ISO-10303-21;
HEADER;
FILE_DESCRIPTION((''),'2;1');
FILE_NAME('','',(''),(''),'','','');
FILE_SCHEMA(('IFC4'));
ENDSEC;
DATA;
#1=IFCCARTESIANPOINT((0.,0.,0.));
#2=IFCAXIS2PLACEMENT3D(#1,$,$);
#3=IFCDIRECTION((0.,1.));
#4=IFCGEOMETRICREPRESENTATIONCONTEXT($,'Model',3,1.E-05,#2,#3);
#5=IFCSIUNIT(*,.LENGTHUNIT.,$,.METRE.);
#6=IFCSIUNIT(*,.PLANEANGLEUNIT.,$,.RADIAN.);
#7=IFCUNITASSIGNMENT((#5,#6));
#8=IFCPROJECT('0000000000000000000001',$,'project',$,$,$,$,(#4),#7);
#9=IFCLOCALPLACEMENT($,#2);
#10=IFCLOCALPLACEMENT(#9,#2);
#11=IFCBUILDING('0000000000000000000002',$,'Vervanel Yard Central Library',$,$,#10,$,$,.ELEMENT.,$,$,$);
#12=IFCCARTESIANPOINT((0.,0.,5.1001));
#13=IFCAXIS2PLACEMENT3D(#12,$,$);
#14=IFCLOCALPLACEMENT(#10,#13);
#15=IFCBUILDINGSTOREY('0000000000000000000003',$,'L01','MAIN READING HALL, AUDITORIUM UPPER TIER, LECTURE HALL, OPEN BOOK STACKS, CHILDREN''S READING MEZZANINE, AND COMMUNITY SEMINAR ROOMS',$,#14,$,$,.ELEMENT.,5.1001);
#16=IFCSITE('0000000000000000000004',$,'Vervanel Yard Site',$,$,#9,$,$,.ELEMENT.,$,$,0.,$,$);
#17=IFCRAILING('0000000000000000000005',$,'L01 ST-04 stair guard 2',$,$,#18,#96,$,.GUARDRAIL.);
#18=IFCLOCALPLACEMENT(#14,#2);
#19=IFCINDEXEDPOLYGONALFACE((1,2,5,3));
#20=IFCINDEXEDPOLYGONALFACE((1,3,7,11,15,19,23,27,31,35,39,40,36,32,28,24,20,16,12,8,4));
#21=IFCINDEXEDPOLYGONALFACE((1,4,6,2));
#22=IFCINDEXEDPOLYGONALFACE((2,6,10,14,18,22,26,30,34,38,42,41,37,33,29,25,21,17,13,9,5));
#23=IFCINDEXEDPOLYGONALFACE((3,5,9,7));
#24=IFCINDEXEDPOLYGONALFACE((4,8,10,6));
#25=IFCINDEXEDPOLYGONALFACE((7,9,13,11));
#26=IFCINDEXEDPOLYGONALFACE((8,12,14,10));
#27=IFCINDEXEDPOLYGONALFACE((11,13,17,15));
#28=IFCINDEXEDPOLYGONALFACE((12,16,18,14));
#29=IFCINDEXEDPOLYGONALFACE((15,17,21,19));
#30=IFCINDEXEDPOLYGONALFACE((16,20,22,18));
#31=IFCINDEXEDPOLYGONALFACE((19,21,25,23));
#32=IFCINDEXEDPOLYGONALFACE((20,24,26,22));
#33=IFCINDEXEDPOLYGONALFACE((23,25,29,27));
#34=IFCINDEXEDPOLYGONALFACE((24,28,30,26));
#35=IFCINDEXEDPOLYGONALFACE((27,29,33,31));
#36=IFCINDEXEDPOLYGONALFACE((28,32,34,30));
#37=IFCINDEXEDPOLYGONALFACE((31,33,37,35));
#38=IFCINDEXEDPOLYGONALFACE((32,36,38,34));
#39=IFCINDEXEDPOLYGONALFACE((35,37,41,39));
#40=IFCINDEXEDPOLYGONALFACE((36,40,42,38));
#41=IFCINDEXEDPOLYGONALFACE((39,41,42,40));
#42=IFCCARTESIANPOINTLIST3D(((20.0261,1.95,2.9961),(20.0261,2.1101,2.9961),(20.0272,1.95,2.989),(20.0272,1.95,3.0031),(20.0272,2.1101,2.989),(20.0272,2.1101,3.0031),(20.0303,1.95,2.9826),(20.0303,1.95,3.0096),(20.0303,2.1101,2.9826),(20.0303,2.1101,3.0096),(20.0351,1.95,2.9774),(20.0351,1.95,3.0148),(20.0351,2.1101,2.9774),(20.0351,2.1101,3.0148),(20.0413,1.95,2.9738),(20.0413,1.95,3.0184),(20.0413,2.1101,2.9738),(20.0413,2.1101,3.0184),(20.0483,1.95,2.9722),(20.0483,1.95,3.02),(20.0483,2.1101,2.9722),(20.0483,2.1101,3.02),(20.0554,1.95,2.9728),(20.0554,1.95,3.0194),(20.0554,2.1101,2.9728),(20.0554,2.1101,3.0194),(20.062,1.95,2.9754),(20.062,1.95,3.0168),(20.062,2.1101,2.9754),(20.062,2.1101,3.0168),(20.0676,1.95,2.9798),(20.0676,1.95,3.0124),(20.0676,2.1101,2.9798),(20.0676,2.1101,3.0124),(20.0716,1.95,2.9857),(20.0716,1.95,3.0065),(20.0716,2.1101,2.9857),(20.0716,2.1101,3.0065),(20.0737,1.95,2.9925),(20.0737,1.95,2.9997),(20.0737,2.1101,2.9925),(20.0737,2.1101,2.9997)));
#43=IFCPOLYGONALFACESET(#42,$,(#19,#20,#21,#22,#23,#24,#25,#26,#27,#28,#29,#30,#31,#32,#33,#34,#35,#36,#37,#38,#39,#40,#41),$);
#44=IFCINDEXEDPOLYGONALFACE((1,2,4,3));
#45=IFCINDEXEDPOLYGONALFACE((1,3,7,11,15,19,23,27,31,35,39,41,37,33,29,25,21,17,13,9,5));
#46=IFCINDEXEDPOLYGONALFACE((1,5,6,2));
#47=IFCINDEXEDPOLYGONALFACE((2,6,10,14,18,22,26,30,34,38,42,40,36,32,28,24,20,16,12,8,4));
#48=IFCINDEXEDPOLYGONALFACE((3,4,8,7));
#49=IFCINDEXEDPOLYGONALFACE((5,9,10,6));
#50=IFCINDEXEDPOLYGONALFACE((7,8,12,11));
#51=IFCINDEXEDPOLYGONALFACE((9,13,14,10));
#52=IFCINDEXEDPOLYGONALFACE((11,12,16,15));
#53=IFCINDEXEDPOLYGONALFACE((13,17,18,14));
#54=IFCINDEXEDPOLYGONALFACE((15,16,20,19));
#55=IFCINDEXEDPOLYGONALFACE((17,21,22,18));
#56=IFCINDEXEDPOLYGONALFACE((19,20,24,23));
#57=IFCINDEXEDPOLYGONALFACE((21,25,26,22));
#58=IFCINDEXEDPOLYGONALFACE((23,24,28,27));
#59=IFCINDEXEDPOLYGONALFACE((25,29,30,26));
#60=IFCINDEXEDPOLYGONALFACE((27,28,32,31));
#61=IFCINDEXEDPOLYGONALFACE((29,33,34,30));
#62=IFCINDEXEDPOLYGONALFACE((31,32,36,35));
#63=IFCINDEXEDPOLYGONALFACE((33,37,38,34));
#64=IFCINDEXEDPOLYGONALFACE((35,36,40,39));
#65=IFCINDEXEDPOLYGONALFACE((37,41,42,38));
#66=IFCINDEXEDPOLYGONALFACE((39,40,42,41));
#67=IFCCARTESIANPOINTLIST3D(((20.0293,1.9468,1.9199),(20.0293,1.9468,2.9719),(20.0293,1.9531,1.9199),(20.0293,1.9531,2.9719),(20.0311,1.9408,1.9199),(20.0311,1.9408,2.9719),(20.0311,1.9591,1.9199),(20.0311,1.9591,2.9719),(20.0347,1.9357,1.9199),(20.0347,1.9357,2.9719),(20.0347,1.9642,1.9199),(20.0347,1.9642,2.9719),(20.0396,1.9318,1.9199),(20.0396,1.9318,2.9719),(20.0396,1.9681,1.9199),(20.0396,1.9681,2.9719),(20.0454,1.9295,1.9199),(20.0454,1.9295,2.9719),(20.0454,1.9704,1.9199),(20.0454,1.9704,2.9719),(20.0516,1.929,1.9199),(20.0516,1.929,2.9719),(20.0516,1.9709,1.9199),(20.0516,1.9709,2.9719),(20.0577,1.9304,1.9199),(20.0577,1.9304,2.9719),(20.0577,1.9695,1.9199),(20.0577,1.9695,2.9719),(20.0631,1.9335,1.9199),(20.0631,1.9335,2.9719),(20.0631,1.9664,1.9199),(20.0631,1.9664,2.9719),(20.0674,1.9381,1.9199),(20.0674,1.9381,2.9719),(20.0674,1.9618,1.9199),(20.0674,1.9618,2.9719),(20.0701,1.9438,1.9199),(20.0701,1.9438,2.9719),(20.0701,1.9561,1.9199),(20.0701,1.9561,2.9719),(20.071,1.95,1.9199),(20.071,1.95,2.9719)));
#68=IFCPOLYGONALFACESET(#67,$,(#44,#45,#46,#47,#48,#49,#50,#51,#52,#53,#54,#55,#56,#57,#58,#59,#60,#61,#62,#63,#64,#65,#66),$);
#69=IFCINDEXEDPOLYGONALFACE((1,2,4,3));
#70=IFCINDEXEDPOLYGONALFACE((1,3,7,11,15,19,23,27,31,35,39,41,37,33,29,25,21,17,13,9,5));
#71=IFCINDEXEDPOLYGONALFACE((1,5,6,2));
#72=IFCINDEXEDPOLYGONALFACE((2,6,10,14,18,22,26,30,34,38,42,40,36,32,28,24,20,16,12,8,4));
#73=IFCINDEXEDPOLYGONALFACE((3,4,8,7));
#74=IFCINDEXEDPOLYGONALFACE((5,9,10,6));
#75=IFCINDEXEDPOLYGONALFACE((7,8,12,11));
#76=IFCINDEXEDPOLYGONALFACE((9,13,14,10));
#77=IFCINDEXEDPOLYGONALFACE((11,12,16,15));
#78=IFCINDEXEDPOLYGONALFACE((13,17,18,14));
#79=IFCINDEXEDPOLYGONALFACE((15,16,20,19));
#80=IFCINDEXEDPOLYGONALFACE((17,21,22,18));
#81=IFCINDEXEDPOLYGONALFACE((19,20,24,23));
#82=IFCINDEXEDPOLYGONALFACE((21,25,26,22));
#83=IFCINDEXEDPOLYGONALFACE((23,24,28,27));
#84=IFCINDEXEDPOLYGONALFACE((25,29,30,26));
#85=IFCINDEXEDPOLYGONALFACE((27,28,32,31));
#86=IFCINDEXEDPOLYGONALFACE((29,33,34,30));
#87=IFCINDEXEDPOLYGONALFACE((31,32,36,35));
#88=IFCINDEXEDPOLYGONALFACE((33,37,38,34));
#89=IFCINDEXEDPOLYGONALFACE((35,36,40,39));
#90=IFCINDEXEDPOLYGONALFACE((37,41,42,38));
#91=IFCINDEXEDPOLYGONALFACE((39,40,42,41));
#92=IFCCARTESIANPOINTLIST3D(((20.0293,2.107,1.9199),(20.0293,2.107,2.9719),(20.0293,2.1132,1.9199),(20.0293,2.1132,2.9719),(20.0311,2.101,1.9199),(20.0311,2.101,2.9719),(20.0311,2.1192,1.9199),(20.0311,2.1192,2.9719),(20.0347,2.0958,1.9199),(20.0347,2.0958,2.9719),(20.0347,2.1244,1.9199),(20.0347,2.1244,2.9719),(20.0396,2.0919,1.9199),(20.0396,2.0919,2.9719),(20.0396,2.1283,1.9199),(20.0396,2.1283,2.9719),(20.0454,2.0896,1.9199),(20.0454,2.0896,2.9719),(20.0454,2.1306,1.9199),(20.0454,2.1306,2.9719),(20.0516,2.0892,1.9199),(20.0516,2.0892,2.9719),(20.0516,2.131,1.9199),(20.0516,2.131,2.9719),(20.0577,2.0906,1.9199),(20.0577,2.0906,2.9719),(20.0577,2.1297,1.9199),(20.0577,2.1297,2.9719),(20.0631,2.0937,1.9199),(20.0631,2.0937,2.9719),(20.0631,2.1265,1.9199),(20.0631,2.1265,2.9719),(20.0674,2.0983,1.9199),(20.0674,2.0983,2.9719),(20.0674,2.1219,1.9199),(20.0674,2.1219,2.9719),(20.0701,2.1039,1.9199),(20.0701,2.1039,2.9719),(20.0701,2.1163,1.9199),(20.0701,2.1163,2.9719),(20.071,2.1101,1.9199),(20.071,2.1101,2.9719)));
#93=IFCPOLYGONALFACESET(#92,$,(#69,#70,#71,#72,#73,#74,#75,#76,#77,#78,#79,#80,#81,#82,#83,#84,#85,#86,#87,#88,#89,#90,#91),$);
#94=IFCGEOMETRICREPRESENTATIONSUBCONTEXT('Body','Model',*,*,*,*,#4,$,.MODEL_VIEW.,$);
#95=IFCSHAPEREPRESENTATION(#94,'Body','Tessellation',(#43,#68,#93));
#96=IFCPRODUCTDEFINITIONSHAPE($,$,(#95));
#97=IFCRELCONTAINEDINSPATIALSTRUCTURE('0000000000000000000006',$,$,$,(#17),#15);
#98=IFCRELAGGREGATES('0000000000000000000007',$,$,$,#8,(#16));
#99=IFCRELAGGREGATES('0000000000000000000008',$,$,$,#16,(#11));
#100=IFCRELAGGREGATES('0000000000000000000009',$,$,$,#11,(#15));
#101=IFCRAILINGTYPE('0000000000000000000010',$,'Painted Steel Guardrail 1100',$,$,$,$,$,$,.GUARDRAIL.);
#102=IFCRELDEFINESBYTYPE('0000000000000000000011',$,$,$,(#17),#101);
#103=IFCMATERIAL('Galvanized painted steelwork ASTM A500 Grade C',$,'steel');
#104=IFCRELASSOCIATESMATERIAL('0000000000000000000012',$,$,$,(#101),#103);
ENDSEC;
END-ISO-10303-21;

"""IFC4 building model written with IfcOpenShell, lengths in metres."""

from ifc_helpers import new_model, si_unit, direction, frame, origin, origin_2d, place, context, subcontext, project, spatial, circle, extrude, material, type_object, element, save


model = new_model("IFC4")

# Units and contexts
model_context = context("Model", 3, precision=1e-05, world=origin(), true_north=direction((0.0, 1.0)))
body_context = subcontext(model_context, "Body", "Model", "MODEL_VIEW")
ifc_project = project(units=[si_unit("LENGTHUNIT", "METRE"), si_unit("PLANEANGLEUNIT", "RADIAN")], contexts=[model_context])

# Site, building, storey
site_placement = place(None, origin())
site = spatial("IfcSite", under=ifc_project, at=site_placement, Name="Vervanel Yard Site", CompositionType="ELEMENT", RefElevation=0.0)
building_placement = place(site_placement, origin())
building = spatial("IfcBuilding", under=site, at=building_placement, Name="Vervanel Yard Central Library", CompositionType="ELEMENT")
storey_placement = place(building_placement, frame((0.0, 0.0, 5.1001)))
storey = spatial("IfcBuildingStorey", under=building, at=storey_placement, Name="L01", Description="MAIN READING HALL, AUDITORIUM UPPER TIER, LECTURE HALL, OPEN BOOK STACKS, CHILDREN'S READING MEZZANINE, AND COMMUNITY SEMINAR ROOMS", CompositionType="ELEMENT", Elevation=5.1001)

# Shared definitions
ifc_material_1 = material(Name="Galvanized painted steelwork ASTM A500 Grade C", Category="steel")

# Railing
railing_type_1 = type_object("IfcRailingType", Name="Painted Steel Guardrail 1100", PredefinedType="GUARDRAIL", material=ifc_material_1)
railing_1_placement = place(storey_placement, frame((20.05, 1.95, 1.9199)))
element("IfcRailing", 1, at=railing_1_placement, inside=storey, type_object=railing_type_1, Name="L01 ST-04 stair guard 2", PredefinedType="GUARDRAIL", context=body_context, shape_type="SweptSolid", body=[
    extrude(circle(Radius=0.0239, at=origin_2d()), frame((0.0, 0.0, 1.0762), z_axis=(0.0, 1.0, 0.0), x_axis=(-1.0, 0.0, 0.0)), (0.0, 0.0, 1.0), 0.1602),
    extrude(circle(Radius=0.021, at=origin_2d()), origin(), (0.0, 0.0, 1.0), 1.052),
    extrude(circle(Radius=0.021, at=origin_2d()), frame((0.0, 0.1602, 0.0)), (0.0, 0.0, 1.0), 1.052),
])

save(model, "model.ifc")
